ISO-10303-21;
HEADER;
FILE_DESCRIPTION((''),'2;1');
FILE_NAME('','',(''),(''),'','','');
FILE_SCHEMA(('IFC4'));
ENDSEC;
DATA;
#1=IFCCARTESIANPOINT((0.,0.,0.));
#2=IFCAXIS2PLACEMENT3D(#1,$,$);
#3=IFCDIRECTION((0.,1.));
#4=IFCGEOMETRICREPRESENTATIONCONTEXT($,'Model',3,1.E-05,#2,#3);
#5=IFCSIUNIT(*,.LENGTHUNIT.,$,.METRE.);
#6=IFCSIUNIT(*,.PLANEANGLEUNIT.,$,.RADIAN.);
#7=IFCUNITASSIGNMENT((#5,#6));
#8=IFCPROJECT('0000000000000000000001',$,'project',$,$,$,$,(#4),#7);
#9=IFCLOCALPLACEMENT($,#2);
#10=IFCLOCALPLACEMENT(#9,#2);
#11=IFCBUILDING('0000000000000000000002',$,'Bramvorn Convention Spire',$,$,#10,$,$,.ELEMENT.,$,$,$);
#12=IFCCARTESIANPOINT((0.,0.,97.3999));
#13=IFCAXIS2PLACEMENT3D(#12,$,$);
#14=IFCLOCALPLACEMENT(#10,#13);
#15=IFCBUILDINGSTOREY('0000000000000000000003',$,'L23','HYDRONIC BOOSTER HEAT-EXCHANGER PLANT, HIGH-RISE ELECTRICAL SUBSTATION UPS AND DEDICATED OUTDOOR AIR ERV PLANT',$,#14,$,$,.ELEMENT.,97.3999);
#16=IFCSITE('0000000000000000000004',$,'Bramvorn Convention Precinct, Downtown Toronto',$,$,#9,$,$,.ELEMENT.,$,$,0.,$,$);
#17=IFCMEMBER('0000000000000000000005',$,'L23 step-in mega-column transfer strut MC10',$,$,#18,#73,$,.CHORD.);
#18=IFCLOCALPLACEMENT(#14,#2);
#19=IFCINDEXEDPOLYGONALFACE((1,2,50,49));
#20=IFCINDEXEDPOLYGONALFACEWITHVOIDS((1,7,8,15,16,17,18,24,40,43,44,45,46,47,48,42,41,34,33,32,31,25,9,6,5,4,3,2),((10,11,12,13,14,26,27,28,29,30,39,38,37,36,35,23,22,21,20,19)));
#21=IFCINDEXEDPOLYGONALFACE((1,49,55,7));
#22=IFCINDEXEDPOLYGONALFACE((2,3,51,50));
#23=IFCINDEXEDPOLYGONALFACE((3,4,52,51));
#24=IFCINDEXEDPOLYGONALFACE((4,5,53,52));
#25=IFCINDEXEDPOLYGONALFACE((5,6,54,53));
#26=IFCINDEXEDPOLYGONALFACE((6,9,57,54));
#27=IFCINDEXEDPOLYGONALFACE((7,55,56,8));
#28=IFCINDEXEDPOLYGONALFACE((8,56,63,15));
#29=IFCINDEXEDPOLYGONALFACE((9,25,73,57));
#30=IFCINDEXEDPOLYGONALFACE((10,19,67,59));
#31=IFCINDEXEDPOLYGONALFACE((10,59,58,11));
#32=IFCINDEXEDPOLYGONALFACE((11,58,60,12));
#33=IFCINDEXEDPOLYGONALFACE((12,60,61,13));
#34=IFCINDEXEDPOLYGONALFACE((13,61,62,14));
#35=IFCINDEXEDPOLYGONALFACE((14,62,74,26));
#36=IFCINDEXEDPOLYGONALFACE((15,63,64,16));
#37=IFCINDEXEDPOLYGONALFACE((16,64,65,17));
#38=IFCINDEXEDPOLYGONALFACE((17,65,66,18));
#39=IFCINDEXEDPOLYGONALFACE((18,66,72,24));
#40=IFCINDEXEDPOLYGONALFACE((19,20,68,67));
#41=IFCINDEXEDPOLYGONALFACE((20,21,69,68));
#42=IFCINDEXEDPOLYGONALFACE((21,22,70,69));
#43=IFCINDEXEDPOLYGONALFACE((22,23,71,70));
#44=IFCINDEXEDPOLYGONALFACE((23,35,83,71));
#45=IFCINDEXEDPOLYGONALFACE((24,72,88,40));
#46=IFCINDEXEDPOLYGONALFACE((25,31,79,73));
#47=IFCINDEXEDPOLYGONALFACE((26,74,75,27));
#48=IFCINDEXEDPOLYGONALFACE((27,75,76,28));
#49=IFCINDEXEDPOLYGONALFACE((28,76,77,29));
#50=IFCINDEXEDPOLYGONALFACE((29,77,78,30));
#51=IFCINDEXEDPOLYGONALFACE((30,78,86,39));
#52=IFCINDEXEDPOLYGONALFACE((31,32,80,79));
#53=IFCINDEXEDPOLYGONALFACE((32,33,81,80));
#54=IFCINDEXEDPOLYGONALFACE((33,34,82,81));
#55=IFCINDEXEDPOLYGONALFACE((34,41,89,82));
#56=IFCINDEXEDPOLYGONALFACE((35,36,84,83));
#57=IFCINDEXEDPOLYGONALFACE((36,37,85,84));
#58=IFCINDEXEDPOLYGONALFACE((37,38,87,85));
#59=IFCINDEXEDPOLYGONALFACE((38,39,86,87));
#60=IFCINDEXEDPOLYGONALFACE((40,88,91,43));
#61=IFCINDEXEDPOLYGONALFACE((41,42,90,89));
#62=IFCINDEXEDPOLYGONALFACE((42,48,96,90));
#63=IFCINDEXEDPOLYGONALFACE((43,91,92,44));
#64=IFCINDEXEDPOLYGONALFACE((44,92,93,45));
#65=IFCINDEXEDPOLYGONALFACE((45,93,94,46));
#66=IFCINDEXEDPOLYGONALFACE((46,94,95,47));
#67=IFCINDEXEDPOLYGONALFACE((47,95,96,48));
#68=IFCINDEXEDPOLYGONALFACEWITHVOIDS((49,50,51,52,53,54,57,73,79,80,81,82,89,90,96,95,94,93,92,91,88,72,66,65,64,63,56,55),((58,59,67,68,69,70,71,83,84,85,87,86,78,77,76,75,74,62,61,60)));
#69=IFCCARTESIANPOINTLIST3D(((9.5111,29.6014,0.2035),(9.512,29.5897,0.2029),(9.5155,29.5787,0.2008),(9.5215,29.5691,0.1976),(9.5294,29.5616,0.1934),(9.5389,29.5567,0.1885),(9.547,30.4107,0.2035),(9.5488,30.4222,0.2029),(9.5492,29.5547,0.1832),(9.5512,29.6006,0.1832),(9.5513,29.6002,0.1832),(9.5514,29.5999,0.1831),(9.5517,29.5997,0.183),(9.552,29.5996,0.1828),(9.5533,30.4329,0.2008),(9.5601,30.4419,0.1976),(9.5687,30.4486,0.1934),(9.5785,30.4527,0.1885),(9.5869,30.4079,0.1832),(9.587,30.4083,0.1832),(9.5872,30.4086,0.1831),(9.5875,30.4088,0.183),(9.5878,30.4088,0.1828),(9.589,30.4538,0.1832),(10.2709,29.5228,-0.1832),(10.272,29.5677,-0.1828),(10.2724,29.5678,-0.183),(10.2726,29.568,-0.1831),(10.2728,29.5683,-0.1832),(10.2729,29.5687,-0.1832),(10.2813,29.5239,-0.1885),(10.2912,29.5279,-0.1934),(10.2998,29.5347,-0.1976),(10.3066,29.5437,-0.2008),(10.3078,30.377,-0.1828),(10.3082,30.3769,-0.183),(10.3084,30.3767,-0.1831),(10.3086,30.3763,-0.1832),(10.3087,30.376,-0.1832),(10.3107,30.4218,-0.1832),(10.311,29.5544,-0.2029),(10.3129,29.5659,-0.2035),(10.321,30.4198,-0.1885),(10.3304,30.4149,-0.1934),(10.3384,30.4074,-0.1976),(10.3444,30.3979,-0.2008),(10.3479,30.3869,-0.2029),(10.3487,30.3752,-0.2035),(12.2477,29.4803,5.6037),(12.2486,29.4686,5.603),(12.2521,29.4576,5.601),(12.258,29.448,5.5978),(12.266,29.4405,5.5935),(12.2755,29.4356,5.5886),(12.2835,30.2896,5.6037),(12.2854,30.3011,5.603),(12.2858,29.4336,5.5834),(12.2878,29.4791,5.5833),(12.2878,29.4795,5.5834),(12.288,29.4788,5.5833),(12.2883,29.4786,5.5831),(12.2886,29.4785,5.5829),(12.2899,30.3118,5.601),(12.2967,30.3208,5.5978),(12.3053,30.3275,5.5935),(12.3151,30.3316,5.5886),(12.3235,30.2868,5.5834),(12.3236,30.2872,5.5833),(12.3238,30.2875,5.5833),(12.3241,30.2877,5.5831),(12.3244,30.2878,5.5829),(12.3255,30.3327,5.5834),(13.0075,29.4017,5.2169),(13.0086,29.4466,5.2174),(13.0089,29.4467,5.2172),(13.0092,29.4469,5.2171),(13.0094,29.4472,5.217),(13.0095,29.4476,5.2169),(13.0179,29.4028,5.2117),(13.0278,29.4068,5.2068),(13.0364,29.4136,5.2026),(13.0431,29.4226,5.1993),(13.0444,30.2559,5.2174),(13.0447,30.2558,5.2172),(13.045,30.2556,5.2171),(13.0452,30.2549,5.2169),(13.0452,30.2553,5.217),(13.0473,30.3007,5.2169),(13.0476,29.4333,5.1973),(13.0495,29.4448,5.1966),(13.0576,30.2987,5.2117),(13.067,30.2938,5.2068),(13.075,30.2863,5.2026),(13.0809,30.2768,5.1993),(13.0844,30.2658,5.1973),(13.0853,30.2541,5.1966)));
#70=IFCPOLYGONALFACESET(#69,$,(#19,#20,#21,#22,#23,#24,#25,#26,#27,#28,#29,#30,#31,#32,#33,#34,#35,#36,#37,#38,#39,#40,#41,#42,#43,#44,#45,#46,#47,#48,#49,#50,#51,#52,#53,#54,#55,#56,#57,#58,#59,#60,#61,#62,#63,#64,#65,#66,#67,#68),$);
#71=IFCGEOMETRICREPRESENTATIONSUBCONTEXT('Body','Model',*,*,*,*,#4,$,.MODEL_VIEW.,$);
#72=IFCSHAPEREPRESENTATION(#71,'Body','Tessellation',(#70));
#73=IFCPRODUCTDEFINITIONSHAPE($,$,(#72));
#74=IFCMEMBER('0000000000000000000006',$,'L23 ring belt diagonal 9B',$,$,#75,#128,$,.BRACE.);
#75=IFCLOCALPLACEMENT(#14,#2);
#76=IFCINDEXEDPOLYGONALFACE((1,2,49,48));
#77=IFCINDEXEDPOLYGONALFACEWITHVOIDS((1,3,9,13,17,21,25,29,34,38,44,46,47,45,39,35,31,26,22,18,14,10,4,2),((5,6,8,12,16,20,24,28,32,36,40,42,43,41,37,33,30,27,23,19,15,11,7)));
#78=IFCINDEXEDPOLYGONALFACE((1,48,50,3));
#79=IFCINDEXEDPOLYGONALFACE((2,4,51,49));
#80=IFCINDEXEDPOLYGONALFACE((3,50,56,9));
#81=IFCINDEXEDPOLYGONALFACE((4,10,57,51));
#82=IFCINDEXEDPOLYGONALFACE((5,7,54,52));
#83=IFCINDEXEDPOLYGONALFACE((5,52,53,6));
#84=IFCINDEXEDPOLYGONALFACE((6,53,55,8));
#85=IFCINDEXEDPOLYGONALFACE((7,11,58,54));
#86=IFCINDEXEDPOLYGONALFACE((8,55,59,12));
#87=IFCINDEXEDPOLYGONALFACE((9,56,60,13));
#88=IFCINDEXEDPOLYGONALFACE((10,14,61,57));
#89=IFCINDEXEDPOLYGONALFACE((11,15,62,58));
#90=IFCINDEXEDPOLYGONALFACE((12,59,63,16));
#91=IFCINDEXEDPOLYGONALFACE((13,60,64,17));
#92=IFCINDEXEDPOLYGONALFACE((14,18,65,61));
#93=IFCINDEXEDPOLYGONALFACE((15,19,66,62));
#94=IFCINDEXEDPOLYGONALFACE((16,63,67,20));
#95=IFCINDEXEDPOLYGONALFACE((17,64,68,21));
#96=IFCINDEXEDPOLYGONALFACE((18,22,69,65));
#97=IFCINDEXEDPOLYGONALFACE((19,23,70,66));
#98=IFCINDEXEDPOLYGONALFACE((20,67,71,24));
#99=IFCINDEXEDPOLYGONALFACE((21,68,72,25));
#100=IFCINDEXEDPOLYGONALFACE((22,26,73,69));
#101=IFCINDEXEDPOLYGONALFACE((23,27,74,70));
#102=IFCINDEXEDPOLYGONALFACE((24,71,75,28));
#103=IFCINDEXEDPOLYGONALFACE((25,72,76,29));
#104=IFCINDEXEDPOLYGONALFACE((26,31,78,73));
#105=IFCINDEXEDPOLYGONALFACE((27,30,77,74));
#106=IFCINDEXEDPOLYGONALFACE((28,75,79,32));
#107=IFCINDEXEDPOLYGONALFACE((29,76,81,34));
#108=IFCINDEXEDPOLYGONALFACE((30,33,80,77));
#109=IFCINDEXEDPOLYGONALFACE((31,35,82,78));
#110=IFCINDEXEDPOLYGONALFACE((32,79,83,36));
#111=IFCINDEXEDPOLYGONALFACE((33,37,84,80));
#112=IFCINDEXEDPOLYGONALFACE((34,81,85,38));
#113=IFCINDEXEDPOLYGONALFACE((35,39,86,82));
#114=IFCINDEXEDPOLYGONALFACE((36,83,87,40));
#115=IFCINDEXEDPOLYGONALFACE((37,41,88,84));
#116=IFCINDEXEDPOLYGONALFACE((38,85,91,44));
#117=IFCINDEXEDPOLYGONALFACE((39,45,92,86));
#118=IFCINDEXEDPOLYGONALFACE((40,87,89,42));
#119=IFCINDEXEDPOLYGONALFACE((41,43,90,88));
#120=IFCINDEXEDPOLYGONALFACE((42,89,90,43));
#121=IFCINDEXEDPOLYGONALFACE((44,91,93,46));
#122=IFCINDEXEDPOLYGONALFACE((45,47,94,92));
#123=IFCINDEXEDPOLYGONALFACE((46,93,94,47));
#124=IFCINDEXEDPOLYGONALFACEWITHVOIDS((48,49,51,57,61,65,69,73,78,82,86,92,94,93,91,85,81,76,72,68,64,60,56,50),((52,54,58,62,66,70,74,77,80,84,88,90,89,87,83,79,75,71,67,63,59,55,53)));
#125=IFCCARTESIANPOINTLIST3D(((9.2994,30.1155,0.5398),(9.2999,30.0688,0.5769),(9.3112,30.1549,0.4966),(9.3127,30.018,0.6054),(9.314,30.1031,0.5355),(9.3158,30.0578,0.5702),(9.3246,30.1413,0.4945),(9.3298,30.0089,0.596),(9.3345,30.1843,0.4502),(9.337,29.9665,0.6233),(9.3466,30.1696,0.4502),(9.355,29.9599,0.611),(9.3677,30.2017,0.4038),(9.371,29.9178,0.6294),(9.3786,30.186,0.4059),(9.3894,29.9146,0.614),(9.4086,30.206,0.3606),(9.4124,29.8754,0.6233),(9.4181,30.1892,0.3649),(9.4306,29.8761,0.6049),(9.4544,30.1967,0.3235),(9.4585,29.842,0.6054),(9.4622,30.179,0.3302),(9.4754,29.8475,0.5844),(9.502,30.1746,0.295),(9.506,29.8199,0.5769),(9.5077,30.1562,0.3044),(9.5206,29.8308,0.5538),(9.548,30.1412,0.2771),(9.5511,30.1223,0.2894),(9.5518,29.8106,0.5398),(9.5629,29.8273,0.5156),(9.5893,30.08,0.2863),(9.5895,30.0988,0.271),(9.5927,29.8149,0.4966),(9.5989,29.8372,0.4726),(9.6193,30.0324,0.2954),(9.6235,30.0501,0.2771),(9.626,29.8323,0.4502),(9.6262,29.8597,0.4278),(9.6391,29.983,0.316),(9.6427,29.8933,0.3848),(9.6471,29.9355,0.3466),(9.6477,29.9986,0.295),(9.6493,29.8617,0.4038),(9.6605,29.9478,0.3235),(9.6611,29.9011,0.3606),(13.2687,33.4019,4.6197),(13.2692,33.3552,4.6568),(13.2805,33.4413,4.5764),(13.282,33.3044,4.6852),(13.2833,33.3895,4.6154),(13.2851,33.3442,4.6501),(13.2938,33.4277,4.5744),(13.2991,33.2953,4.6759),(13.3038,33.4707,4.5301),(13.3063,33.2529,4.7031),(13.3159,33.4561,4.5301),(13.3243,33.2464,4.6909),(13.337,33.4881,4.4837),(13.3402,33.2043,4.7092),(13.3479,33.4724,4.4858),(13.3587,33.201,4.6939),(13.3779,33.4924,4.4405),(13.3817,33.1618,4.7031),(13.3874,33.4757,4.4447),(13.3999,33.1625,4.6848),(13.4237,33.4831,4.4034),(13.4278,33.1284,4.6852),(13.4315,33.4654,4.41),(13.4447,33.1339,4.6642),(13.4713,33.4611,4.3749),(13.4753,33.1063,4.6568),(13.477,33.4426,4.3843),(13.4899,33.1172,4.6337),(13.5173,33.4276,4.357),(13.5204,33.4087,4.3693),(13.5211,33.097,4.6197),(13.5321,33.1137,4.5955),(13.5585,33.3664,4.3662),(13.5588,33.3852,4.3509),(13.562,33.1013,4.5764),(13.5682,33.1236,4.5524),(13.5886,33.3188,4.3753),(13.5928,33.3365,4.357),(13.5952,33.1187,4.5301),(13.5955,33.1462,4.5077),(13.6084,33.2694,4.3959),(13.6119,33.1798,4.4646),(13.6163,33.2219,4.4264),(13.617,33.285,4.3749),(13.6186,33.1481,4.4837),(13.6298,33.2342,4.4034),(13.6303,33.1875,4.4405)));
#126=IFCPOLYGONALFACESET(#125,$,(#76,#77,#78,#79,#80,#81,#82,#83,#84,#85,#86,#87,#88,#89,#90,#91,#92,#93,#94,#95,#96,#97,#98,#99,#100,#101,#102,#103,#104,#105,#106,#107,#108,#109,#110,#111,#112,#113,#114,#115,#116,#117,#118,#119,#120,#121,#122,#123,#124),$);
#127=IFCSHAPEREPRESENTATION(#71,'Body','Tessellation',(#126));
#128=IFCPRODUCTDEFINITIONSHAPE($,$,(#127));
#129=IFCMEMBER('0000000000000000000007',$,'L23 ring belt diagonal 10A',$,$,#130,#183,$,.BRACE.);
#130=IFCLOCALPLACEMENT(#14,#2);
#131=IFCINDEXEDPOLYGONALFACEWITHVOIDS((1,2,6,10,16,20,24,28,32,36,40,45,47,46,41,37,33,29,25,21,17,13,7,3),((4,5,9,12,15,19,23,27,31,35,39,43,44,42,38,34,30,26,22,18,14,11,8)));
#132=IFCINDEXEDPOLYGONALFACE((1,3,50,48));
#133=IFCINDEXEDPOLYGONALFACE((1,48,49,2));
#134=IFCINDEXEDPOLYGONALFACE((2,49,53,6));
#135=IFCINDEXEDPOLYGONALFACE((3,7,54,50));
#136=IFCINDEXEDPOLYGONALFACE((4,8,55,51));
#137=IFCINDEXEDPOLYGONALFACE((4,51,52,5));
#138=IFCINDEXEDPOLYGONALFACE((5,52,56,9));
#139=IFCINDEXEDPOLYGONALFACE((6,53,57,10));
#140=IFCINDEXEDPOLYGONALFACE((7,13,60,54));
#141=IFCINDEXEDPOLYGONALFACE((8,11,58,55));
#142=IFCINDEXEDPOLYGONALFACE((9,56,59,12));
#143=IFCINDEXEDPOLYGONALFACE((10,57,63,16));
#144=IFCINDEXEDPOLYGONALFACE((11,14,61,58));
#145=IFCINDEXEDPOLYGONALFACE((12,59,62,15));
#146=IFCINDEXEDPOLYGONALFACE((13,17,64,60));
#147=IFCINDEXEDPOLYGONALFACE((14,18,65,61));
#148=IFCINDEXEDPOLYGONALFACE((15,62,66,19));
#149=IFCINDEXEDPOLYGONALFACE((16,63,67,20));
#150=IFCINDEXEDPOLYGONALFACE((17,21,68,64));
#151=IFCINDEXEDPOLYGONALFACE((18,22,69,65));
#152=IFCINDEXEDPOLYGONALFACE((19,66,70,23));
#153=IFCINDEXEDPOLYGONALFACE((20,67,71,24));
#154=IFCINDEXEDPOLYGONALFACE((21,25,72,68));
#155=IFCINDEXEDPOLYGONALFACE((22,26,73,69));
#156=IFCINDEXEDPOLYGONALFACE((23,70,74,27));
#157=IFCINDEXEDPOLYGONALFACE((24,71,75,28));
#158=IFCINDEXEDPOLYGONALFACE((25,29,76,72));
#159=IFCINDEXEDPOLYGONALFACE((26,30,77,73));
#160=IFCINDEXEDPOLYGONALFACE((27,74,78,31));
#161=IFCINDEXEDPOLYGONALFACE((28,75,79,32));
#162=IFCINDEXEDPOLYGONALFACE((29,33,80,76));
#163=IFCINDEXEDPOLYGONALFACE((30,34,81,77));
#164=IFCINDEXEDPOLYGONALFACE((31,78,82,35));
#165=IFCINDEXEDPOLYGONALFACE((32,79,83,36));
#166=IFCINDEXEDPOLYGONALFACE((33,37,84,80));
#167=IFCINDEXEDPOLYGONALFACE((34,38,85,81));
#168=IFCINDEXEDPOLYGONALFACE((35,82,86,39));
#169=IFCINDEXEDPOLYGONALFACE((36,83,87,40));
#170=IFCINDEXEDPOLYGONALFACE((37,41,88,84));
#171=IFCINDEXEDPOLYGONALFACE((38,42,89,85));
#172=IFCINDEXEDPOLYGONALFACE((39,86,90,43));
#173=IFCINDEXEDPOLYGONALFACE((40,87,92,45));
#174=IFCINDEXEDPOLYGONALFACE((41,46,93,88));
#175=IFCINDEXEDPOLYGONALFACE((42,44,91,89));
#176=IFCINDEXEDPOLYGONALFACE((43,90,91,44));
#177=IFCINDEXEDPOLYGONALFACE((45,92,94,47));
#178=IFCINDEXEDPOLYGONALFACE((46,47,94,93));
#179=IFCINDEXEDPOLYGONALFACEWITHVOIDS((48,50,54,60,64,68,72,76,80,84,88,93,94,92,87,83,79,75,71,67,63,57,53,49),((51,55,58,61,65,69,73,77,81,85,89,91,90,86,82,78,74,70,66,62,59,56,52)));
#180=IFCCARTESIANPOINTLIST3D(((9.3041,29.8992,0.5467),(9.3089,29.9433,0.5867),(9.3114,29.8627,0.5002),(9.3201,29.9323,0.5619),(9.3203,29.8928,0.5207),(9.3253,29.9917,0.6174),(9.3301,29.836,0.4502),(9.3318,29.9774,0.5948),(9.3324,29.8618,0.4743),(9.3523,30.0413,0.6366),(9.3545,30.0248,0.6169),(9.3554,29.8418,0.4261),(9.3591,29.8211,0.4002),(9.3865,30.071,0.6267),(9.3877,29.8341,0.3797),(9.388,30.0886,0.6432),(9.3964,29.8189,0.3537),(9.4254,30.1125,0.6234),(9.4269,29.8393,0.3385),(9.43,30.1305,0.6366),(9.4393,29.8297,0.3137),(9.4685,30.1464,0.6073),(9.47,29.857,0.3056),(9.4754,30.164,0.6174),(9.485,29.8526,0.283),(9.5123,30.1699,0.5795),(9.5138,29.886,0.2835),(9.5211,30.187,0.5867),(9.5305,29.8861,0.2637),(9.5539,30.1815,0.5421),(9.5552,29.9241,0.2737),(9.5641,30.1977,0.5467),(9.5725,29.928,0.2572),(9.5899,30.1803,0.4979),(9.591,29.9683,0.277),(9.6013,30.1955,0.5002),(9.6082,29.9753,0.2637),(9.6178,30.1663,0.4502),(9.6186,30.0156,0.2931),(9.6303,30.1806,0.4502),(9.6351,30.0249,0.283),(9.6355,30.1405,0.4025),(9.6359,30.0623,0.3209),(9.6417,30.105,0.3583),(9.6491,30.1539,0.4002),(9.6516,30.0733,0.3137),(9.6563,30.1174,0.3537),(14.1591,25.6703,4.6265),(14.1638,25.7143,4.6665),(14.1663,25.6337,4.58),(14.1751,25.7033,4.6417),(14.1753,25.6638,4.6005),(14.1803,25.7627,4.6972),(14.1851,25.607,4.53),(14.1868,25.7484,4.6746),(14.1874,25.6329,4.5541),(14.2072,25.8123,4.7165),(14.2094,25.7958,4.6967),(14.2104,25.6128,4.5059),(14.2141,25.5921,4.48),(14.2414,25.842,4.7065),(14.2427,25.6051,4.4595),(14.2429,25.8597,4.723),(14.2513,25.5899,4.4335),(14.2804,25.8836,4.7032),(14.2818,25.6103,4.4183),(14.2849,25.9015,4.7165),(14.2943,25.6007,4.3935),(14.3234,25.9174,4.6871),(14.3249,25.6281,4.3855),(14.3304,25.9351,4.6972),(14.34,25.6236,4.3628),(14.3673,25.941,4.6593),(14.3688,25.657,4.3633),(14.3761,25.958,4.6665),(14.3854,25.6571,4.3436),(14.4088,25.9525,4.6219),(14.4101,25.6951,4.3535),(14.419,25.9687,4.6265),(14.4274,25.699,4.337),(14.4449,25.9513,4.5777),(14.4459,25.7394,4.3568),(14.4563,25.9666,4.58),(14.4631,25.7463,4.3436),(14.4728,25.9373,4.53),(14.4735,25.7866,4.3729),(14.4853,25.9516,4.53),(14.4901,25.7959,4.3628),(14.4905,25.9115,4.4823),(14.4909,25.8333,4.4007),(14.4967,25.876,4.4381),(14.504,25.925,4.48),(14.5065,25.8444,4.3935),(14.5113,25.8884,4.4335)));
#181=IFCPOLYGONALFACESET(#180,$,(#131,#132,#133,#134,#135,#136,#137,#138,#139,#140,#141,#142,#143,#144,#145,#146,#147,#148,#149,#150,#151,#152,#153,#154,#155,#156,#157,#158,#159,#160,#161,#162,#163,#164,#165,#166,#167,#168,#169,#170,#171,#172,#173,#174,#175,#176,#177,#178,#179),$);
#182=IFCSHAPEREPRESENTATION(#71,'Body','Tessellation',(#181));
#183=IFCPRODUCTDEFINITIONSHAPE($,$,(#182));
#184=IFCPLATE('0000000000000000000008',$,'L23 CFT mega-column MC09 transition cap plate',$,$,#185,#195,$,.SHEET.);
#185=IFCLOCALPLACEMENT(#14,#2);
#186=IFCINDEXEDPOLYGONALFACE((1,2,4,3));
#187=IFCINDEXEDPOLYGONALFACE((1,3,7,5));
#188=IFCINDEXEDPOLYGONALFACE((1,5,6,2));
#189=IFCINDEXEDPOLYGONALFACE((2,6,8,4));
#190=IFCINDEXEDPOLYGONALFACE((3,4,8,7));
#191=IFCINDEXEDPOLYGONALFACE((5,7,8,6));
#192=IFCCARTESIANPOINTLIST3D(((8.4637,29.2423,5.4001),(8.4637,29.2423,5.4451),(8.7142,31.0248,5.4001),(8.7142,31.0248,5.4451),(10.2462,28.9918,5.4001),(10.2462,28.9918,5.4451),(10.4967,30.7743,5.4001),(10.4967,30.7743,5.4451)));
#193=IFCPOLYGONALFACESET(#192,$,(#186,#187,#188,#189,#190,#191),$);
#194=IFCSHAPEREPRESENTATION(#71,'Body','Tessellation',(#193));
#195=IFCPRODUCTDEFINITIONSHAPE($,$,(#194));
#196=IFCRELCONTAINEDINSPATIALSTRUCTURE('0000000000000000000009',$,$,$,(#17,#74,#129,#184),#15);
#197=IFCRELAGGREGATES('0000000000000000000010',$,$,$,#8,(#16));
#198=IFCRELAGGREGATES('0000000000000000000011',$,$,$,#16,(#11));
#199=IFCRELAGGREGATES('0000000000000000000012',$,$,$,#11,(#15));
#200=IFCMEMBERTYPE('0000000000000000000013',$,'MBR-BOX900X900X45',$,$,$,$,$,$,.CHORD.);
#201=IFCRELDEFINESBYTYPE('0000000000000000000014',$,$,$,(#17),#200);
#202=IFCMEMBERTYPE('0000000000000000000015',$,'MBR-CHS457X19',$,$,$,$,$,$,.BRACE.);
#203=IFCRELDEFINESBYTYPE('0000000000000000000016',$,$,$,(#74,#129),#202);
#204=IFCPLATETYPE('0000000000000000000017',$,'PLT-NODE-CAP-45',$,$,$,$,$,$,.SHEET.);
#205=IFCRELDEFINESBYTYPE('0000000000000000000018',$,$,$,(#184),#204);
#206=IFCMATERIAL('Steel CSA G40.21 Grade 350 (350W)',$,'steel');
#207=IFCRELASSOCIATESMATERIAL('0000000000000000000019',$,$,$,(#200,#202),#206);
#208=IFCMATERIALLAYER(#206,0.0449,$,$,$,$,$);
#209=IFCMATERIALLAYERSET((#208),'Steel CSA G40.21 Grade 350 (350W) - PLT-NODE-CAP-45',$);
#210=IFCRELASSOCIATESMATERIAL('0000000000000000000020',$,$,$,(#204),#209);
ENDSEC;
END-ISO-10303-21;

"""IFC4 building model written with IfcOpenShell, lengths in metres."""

from ifc_helpers import new_model, si_unit, direction, frame, origin, origin_2d, place, context, subcontext, project, spatial, rectangle, hollow_rectangle, hollow_circle, extrude, material, layer, layer_set, material_profile, profile_set, type_object, element, save


model = new_model("IFC4")

# Units and contexts
model_context = context("Model", 3, precision=1e-05, world=origin(), true_north=direction((0.0, 1.0)))
body_context = subcontext(model_context, "Body", "Model", "MODEL_VIEW")
ifc_project = project(units=[si_unit("LENGTHUNIT", "METRE"), si_unit("PLANEANGLEUNIT", "RADIAN")], contexts=[model_context])

# Site, building, storey
site_placement = place(None, origin())
site = spatial("IfcSite", under=ifc_project, at=site_placement, Name="Bramvorn Convention Precinct, Downtown Toronto", CompositionType="ELEMENT", RefElevation=0.0)
building_placement = place(site_placement, origin())
building = spatial("IfcBuilding", under=site, at=building_placement, Name="Bramvorn Convention Spire", CompositionType="ELEMENT")
storey_placement = place(building_placement, frame((0.0, 0.0, 97.3999)))
storey = spatial("IfcBuildingStorey", under=building, at=storey_placement, Name="L23", Description="HYDRONIC BOOSTER HEAT-EXCHANGER PLANT, HIGH-RISE ELECTRICAL SUBSTATION UPS AND DEDICATED OUTDOOR AIR ERV PLANT", CompositionType="ELEMENT", Elevation=97.3999)

# Shared definitions
ifc_material_1 = material(Name="Steel CSA G40.21 Grade 350 (350W)", Category="steel")

# Members
ifc_material_profile_1 = material_profile(ifc_material_1, hollow_rectangle(XDim=0.8999, YDim=0.8999, WallThickness=0.0449, InnerFilletRadius=0.001, OuterFilletRadius=0.0449, at=origin_2d()))
ifc_profile_set_1 = profile_set([ifc_material_profile_1], Name="Steel CSA G40.21 Grade 350 (350W) - BOX900X900X45")
member_type_1 = type_object("IfcMemberType", Name="MBR-BOX900X900X45", PredefinedType="CHORD", material=ifc_profile_set_1)
member_1_placement = place(storey_placement, frame((9.9299, 29.9883, 0.0), z_axis=(0.45194, -0.019998, 0.891824), x_axis=(0.044207, 0.999022, 0.0)))
element("IfcMember", 1, at=member_1_placement, inside=storey, type_object=member_type_1, Name="L23 step-in mega-column transfer strut MC10", PredefinedType="CHORD", context=body_context, shape_type="SweptSolid", body=[
    extrude(hollow_rectangle(XDim=0.8999, YDim=0.8999, WallThickness=0.0449, InnerFilletRadius=0.001, OuterFilletRadius=0.0449, at=origin_2d()), origin(), (0.0, 0.0, 1.0), 6.0552),
])
ifc_material_profile_2 = material_profile(ifc_material_1, hollow_circle(Radius=0.2285, WallThickness=0.019, at=origin_2d()))
ifc_profile_set_2 = profile_set([ifc_material_profile_2], Name="Steel CSA G40.21 Grade 350 (350W) - CHS457X19")
member_type_2 = type_object("IfcMemberType", Name="MBR-CHS457X19", PredefinedType="BRACE", material=ifc_profile_set_2)
member_2_placement = place(storey_placement, frame((9.4802, 30.0083, 0.4502), z_axis=(0.603899, 0.500005, 0.620726), x_axis=(-0.637739, 0.770252, 0.0)))
element("IfcMember", 2, at=member_2_placement, inside=storey, type_object=member_type_2, Name="L23 ring belt diagonal 9B", PredefinedType="BRACE", context=body_context, shape_type="SweptSolid", body=[
    extrude(hollow_circle(Radius=0.2285, WallThickness=0.019, at=origin_2d()), origin(), (0.0, 0.0, 1.0), 6.5728),
])
member_3_placement = place(storey_placement, frame((9.4802, 30.0083, 0.4502), z_axis=(0.636939, -0.554816, 0.535246), x_axis=(0.656822, 0.754045, 0.0)))
element("IfcMember", 3, at=member_3_placement, inside=storey, type_object=member_type_2, Name="L23 ring belt diagonal 10A", PredefinedType="BRACE", context=body_context, shape_type="SweptSolid", body=[
    extrude(hollow_circle(Radius=0.2285, WallThickness=0.019, at=origin_2d()), origin(), (0.0, 0.0, 1.0), 7.6223),
])

# Plate
ifc_layer_1 = layer(ifc_material_1, 0.0449)
ifc_layer_set_1 = layer_set([ifc_layer_1], Name="Steel CSA G40.21 Grade 350 (350W) - PLT-NODE-CAP-45")
plate_type_1 = type_object("IfcPlateType", Name="PLT-NODE-CAP-45", PredefinedType="SHEET", material=ifc_layer_set_1)
plate_placement = place(storey_placement, frame((9.4802, 30.0083, 5.4001), z_axis=(0.0, 0.0, 1.0), x_axis=(-0.990268, 0.139174, 0.0)))
element("IfcPlate", 4, at=plate_placement, inside=storey, type_object=plate_type_1, Name="L23 CFT mega-column MC09 transition cap plate", PredefinedType="SHEET", context=body_context, shape_type="SweptSolid", body=[
    extrude(rectangle(XDim=1.8, YDim=1.8, at=origin_2d()), origin(), (0.0, 0.0, 1.0), 0.0449),
])

save(model, "model.ifc")
